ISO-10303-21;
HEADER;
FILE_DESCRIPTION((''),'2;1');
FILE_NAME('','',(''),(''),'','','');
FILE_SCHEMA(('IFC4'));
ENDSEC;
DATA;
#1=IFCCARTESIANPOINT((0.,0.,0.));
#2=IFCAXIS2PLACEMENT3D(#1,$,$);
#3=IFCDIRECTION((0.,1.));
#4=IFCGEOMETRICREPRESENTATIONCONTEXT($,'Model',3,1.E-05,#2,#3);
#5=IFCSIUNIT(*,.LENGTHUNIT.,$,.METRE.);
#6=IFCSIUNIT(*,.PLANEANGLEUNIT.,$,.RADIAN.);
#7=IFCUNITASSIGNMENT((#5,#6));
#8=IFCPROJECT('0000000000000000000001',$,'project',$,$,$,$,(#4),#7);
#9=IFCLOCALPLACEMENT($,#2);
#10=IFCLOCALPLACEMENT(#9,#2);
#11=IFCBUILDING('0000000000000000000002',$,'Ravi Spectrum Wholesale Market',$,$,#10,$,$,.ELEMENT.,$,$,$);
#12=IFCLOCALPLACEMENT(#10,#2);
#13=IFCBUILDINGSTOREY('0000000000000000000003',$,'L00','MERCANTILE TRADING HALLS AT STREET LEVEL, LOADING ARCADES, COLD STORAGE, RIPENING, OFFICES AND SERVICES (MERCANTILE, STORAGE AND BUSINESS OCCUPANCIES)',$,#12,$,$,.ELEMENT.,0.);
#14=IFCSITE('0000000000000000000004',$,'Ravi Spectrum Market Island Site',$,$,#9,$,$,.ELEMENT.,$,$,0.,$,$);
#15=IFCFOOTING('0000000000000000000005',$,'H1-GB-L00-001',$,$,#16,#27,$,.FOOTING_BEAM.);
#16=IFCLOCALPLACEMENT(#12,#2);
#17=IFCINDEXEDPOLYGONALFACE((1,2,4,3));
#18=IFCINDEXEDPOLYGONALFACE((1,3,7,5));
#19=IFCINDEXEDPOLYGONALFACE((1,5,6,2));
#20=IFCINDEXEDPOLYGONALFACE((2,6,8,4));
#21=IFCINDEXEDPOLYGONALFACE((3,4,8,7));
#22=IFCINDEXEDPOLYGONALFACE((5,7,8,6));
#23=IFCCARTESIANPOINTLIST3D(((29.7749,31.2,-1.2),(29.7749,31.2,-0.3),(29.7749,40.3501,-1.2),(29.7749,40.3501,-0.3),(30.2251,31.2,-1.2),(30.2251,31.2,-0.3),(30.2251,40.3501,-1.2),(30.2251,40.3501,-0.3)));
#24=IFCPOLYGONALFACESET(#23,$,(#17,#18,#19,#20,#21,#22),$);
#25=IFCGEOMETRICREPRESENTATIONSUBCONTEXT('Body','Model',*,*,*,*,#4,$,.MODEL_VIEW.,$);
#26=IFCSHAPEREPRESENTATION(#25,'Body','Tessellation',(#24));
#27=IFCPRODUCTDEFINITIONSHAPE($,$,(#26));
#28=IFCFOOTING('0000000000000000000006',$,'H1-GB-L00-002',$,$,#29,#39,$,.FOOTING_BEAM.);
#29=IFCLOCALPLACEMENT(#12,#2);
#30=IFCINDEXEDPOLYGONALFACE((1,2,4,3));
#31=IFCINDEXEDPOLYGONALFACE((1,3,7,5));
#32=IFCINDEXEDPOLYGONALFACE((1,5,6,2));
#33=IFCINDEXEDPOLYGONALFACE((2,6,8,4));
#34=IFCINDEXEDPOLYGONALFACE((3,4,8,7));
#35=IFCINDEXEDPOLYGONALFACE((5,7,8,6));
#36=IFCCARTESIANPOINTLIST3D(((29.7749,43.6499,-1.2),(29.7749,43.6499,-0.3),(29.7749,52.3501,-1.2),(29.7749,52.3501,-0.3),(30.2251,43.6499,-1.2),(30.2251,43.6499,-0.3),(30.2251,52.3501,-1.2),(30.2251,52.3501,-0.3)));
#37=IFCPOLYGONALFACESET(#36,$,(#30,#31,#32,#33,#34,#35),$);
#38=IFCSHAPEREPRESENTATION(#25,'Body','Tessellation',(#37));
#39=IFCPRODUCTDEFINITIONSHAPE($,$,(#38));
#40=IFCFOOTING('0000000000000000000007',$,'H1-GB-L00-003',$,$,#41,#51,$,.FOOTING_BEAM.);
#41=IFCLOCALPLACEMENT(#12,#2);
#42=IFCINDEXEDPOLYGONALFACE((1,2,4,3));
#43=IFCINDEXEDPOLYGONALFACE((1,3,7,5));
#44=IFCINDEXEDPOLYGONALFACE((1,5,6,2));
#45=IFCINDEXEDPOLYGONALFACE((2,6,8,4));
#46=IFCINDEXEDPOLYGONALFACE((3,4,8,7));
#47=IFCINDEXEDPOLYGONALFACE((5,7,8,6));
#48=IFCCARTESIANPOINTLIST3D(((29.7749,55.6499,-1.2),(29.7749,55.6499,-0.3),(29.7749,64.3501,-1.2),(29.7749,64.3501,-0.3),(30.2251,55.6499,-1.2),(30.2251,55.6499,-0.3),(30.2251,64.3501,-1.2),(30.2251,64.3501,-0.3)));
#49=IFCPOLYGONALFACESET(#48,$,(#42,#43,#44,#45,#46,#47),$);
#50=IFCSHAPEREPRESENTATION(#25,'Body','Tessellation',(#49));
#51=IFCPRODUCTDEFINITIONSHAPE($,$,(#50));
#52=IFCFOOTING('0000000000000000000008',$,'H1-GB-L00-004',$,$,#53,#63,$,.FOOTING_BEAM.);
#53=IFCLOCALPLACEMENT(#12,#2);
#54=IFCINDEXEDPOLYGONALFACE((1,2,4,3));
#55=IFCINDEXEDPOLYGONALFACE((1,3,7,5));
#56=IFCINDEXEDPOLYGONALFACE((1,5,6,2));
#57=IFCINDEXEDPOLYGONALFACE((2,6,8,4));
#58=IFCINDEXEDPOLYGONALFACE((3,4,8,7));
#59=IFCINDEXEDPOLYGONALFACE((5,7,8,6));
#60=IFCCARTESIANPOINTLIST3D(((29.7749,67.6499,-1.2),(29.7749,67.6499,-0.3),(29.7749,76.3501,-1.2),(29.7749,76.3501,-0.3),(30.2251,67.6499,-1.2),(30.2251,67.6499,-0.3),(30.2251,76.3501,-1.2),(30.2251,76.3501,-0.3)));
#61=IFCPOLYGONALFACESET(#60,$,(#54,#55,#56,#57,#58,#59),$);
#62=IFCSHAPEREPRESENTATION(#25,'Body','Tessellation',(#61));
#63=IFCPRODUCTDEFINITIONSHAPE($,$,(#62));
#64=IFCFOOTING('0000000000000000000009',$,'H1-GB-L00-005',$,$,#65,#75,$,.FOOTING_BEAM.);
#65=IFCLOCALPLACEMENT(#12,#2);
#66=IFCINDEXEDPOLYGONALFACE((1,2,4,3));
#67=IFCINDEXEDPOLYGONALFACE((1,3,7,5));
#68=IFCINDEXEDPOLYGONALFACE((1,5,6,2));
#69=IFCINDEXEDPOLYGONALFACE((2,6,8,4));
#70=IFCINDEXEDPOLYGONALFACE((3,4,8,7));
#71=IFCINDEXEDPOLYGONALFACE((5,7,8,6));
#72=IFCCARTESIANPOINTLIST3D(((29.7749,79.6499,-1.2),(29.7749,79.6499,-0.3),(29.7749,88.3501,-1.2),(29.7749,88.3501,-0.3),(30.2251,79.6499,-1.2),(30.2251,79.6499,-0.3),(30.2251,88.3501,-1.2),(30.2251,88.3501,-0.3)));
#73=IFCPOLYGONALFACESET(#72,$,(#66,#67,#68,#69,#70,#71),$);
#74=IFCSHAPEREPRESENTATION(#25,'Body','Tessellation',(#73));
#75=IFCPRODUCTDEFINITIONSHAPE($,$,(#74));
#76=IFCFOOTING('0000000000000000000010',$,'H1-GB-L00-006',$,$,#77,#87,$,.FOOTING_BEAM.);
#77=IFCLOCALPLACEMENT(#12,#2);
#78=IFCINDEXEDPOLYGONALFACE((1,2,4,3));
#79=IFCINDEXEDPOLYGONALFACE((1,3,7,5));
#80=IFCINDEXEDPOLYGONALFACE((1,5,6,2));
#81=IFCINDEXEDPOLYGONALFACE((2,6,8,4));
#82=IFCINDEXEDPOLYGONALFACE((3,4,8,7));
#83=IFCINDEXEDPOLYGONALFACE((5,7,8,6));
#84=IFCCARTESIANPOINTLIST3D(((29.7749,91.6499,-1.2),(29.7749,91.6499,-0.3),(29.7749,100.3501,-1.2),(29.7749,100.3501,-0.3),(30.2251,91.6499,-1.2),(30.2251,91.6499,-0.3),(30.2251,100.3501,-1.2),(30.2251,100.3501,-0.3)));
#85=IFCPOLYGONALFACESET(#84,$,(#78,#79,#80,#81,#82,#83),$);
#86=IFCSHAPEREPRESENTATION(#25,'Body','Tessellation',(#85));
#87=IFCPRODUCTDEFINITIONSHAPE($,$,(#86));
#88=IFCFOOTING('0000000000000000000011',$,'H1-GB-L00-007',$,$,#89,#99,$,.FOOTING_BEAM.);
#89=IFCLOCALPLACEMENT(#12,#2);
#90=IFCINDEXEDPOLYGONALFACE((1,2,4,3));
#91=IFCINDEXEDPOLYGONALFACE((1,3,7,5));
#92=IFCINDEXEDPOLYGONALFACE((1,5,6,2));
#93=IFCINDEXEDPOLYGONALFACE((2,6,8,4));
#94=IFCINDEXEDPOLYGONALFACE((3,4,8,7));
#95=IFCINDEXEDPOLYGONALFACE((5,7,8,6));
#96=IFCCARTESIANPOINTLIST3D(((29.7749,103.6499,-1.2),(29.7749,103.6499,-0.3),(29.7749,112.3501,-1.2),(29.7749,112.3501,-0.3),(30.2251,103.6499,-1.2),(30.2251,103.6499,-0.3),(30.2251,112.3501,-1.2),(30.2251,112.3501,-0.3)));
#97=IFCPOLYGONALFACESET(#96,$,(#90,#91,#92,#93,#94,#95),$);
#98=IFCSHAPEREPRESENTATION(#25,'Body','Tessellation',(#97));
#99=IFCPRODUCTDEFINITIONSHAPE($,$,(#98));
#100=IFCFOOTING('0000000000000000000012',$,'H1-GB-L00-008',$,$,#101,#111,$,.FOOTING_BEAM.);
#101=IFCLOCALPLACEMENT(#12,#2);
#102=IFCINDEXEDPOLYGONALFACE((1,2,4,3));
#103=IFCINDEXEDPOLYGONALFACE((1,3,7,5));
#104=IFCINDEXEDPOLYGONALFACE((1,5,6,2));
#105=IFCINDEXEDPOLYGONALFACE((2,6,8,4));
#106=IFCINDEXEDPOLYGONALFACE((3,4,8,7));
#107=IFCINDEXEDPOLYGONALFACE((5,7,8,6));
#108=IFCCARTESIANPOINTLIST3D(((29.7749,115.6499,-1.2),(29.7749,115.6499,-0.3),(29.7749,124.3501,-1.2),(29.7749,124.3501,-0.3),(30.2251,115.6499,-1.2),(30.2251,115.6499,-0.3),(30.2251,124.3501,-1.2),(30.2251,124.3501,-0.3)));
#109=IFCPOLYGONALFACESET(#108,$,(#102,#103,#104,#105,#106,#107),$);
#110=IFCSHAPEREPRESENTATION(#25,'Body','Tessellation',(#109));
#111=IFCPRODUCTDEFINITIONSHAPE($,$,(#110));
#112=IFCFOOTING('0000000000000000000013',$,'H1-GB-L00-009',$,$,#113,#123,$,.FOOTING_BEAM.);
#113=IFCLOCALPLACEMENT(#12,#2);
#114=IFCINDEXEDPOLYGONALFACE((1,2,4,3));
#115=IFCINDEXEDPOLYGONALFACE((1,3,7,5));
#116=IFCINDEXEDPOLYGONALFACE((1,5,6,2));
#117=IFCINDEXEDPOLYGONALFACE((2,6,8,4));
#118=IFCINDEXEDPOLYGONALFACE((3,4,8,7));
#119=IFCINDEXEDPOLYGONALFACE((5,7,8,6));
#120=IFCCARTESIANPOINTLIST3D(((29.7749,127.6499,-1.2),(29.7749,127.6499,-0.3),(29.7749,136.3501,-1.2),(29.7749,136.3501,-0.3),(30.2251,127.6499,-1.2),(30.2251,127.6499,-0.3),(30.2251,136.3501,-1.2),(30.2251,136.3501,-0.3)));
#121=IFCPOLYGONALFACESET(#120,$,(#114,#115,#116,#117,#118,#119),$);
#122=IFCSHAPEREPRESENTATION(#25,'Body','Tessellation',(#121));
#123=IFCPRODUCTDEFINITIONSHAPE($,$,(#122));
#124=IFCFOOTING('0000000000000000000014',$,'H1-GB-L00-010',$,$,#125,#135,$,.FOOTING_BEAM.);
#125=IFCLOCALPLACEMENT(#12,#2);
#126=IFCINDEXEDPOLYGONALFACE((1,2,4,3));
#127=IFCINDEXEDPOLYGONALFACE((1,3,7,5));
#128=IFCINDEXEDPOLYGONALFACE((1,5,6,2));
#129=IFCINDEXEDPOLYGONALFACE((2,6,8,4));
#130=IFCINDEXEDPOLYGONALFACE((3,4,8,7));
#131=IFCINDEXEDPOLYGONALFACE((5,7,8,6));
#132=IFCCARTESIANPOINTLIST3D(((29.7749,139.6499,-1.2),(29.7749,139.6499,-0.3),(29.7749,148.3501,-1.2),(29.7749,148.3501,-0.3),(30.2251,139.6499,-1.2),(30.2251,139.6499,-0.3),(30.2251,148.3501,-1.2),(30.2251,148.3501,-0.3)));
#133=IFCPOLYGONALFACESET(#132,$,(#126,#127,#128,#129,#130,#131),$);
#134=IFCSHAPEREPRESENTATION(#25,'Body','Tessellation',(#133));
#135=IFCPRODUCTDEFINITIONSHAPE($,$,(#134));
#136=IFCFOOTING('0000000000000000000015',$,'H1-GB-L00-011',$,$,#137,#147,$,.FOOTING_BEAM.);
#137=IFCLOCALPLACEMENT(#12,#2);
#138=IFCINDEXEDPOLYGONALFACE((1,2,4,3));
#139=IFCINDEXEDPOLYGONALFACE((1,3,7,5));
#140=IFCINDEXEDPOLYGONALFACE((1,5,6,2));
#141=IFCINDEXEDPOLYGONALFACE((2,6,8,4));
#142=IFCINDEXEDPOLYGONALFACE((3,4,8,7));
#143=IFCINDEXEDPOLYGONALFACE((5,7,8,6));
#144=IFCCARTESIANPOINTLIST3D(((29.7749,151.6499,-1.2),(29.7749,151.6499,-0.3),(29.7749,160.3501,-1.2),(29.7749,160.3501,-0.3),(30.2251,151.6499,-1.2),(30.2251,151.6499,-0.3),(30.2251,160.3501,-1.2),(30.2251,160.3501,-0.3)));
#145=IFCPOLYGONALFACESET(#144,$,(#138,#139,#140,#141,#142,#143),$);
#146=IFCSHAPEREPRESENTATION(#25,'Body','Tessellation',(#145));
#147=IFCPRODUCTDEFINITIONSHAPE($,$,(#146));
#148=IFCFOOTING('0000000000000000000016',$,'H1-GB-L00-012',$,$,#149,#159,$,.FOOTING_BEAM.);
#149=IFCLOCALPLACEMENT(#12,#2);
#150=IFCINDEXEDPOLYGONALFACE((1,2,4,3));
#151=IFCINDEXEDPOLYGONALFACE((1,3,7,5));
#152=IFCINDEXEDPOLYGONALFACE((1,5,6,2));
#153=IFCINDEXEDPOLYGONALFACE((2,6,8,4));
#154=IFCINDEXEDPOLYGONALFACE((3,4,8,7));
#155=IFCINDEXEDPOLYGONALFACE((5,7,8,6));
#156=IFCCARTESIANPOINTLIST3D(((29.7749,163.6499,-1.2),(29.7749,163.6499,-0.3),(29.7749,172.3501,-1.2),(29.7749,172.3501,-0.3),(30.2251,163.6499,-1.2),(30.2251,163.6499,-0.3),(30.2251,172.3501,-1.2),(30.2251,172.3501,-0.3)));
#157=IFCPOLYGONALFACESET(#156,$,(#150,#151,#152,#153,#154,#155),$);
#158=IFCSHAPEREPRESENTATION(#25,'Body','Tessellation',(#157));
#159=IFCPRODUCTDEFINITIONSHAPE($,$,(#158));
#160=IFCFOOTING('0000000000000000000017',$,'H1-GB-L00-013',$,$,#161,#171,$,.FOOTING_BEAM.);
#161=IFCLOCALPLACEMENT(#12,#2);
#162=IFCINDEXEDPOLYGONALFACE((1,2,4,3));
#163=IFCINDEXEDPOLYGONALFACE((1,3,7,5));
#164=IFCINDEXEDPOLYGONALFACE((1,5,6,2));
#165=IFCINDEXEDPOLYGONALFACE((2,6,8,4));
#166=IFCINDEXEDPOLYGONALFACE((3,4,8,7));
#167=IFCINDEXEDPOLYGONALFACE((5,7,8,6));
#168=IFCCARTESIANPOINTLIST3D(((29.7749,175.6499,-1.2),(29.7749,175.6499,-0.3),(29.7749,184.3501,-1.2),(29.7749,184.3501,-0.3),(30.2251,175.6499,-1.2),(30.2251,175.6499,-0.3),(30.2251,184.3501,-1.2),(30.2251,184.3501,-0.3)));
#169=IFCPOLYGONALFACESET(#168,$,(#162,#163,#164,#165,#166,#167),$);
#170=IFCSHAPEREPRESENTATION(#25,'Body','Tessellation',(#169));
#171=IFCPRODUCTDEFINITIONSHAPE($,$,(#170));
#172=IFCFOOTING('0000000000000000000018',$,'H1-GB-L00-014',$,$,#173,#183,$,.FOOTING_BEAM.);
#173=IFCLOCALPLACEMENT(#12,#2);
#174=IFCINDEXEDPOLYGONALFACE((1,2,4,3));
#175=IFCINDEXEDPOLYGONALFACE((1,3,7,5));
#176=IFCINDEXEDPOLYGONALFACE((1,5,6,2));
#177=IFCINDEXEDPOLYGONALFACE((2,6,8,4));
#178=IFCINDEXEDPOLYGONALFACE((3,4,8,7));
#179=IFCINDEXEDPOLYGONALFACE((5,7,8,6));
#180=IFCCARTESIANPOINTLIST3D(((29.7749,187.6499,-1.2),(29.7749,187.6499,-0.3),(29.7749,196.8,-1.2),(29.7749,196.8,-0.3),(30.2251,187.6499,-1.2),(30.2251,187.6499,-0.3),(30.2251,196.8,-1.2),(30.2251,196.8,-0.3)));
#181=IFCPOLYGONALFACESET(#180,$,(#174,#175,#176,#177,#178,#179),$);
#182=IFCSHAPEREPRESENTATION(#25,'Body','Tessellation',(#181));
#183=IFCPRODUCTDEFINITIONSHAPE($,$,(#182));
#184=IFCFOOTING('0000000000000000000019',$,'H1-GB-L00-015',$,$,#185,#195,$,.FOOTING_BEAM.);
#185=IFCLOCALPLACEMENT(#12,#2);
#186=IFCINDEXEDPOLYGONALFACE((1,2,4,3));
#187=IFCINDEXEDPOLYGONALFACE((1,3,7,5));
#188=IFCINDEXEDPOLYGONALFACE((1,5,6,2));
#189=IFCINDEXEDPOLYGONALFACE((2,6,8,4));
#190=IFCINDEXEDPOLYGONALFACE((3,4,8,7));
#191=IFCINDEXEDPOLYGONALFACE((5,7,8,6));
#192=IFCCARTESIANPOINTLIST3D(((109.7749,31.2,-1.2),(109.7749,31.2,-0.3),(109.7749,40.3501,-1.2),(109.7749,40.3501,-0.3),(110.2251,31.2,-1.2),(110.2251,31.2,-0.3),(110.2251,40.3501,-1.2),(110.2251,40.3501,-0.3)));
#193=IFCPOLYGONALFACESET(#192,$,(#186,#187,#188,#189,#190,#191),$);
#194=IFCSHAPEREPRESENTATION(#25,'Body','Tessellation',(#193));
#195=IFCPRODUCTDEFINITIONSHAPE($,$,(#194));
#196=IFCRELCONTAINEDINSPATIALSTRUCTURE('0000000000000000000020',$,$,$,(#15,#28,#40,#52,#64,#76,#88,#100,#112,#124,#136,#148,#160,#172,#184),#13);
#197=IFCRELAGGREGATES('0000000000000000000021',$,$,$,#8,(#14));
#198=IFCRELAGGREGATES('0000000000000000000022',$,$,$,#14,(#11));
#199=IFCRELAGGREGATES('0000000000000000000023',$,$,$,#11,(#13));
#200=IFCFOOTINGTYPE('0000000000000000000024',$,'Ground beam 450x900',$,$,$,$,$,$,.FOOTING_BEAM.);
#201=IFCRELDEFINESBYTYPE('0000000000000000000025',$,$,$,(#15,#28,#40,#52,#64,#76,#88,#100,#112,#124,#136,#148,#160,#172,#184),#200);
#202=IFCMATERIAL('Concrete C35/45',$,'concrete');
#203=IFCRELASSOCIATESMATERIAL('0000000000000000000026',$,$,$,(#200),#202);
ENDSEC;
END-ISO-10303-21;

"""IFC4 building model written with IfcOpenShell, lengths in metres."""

from ifc_helpers import new_model, si_unit, direction, frame, origin, place, context, subcontext, project, spatial, polyline, outline, extrude, material, type_object, element, save


model = new_model("IFC4")

# Units and contexts
model_context = context("Model", 3, precision=1e-05, world=origin(), true_north=direction((0.0, 1.0)))
body_context = subcontext(model_context, "Body", "Model", "MODEL_VIEW")
ifc_project = project(units=[si_unit("LENGTHUNIT", "METRE"), si_unit("PLANEANGLEUNIT", "RADIAN")], contexts=[model_context])

# Site, building, storey
site_placement = place(None, origin())
site = spatial("IfcSite", under=ifc_project, at=site_placement, Name="Ravi Spectrum Market Island Site", CompositionType="ELEMENT", RefElevation=0.0)
building_placement = place(site_placement, origin())
building = spatial("IfcBuilding", under=site, at=building_placement, Name="Ravi Spectrum Wholesale Market", CompositionType="ELEMENT")
storey_placement = place(building_placement, origin())
storey = spatial("IfcBuildingStorey", under=building, at=storey_placement, Name="L00", Description="MERCANTILE TRADING HALLS AT STREET LEVEL, LOADING ARCADES, COLD STORAGE, RIPENING, OFFICES AND SERVICES (MERCANTILE, STORAGE AND BUSINESS OCCUPANCIES)", CompositionType="ELEMENT", Elevation=0.0)

# Footings
ifc_material = material(Name="Concrete C35/45", Category="concrete")
footing_type = type_object("IfcFootingType", Name="Ground beam 450x900", PredefinedType="FOOTING_BEAM", material=ifc_material)
footing_1_placement = place(storey_placement, frame((0.0, 0.0, -1.2)))
element("IfcFooting", 1, at=footing_1_placement, inside=storey, type_object=footing_type, Name="H1-GB-L00-001", PredefinedType="FOOTING_BEAM", context=body_context, shape_type="SweptSolid", body=[
    extrude(outline(polyline([(29.7749, 31.2), (29.7749, 40.3501), (30.2251, 40.3501), (30.2251, 31.2), (29.7749, 31.2)])), origin(), (0.0, 0.0, 1.0), 0.8999),
])
footing_2_placement = place(storey_placement, frame((0.0, 0.0, -1.2)))
element("IfcFooting", 2, at=footing_2_placement, inside=storey, type_object=footing_type, Name="H1-GB-L00-002", PredefinedType="FOOTING_BEAM", context=body_context, shape_type="SweptSolid", body=[
    extrude(outline(polyline([(29.7749, 43.6499), (29.7749, 52.3501), (30.2251, 52.3501), (30.2251, 43.6499), (29.7749, 43.6499)])), origin(), (0.0, 0.0, 1.0), 0.8999),
])
footing_3_placement = place(storey_placement, frame((0.0, 0.0, -1.2)))
element("IfcFooting", 3, at=footing_3_placement, inside=storey, type_object=footing_type, Name="H1-GB-L00-003", PredefinedType="FOOTING_BEAM", context=body_context, shape_type="SweptSolid", body=[
    extrude(outline(polyline([(29.7749, 55.6499), (29.7749, 64.3501), (30.2251, 64.3501), (30.2251, 55.6499), (29.7749, 55.6499)])), origin(), (0.0, 0.0, 1.0), 0.8999),
])
footing_4_placement = place(storey_placement, frame((0.0, 0.0, -1.2)))
element("IfcFooting", 4, at=footing_4_placement, inside=storey, type_object=footing_type, Name="H1-GB-L00-004", PredefinedType="FOOTING_BEAM", context=body_context, shape_type="SweptSolid", body=[
    extrude(outline(polyline([(29.7749, 67.6499), (29.7749, 76.3501), (30.2251, 76.3501), (30.2251, 67.6499), (29.7749, 67.6499)])), origin(), (0.0, 0.0, 1.0), 0.8999),
])
footing_5_placement = place(storey_placement, frame((0.0, 0.0, -1.2)))
element("IfcFooting", 5, at=footing_5_placement, inside=storey, type_object=footing_type, Name="H1-GB-L00-005", PredefinedType="FOOTING_BEAM", context=body_context, shape_type="SweptSolid", body=[
    extrude(outline(polyline([(29.7749, 79.6499), (29.7749, 88.3501), (30.2251, 88.3501), (30.2251, 79.6499), (29.7749, 79.6499)])), origin(), (0.0, 0.0, 1.0), 0.8999),
])
footing_6_placement = place(storey_placement, frame((0.0, 0.0, -1.2)))
element("IfcFooting", 6, at=footing_6_placement, inside=storey, type_object=footing_type, Name="H1-GB-L00-006", PredefinedType="FOOTING_BEAM", context=body_context, shape_type="SweptSolid", body=[
    extrude(outline(polyline([(29.7749, 91.6499), (29.7749, 100.3501), (30.2251, 100.3501), (30.2251, 91.6499), (29.7749, 91.6499)])), origin(), (0.0, 0.0, 1.0), 0.8999),
])
footing_7_placement = place(storey_placement, frame((0.0, 0.0, -1.2)))
element("IfcFooting", 7, at=footing_7_placement, inside=storey, type_object=footing_type, Name="H1-GB-L00-007", PredefinedType="FOOTING_BEAM", context=body_context, shape_type="SweptSolid", body=[
    extrude(outline(polyline([(29.7749, 103.6499), (29.7749, 112.3501), (30.2251, 112.3501), (30.2251, 103.6499), (29.7749, 103.6499)])), origin(), (0.0, 0.0, 1.0), 0.8999),
])
footing_8_placement = place(storey_placement, frame((0.0, 0.0, -1.2)))
element("IfcFooting", 8, at=footing_8_placement, inside=storey, type_object=footing_type, Name="H1-GB-L00-008", PredefinedType="FOOTING_BEAM", context=body_context, shape_type="SweptSolid", body=[
    extrude(outline(polyline([(29.7749, 115.6499), (29.7749, 124.3501), (30.2251, 124.3501), (30.2251, 115.6499), (29.7749, 115.6499)])), origin(), (0.0, 0.0, 1.0), 0.8999),
])
footing_9_placement = place(storey_placement, frame((0.0, 0.0, -1.2)))
element("IfcFooting", 9, at=footing_9_placement, inside=storey, type_object=footing_type, Name="H1-GB-L00-009", PredefinedType="FOOTING_BEAM", context=body_context, shape_type="SweptSolid", body=[
    extrude(outline(polyline([(29.7749, 127.6499), (29.7749, 136.3501), (30.2251, 136.3501), (30.2251, 127.6499), (29.7749, 127.6499)])), origin(), (0.0, 0.0, 1.0), 0.8999),
])
footing_10_placement = place(storey_placement, frame((0.0, 0.0, -1.2)))
element("IfcFooting", 10, at=footing_10_placement, inside=storey, type_object=footing_type, Name="H1-GB-L00-010", PredefinedType="FOOTING_BEAM", context=body_context, shape_type="SweptSolid", body=[
    extrude(outline(polyline([(29.7749, 139.6499), (29.7749, 148.3501), (30.2251, 148.3501), (30.2251, 139.6499), (29.7749, 139.6499)])), origin(), (0.0, 0.0, 1.0), 0.8999),
])
footing_11_placement = place(storey_placement, frame((0.0, 0.0, -1.2)))
element("IfcFooting", 11, at=footing_11_placement, inside=storey, type_object=footing_type, Name="H1-GB-L00-011", PredefinedType="FOOTING_BEAM", context=body_context, shape_type="SweptSolid", body=[
    extrude(outline(polyline([(29.7749, 151.6499), (29.7749, 160.3501), (30.2251, 160.3501), (30.2251, 151.6499), (29.7749, 151.6499)])), origin(), (0.0, 0.0, 1.0), 0.8999),
])
footing_12_placement = place(storey_placement, frame((0.0, 0.0, -1.2)))
element("IfcFooting", 12, at=footing_12_placement, inside=storey, type_object=footing_type, Name="H1-GB-L00-012", PredefinedType="FOOTING_BEAM", context=body_context, shape_type="SweptSolid", body=[
    extrude(outline(polyline([(29.7749, 163.6499), (29.7749, 172.3501), (30.2251, 172.3501), (30.2251, 163.6499), (29.7749, 163.6499)])), origin(), (0.0, 0.0, 1.0), 0.8999),
])
footing_13_placement = place(storey_placement, frame((0.0, 0.0, -1.2)))
element("IfcFooting", 13, at=footing_13_placement, inside=storey, type_object=footing_type, Name="H1-GB-L00-013", PredefinedType="FOOTING_BEAM", context=body_context, shape_type="SweptSolid", body=[
    extrude(outline(polyline([(29.7749, 175.6499), (29.7749, 184.3501), (30.2251, 184.3501), (30.2251, 175.6499), (29.7749, 175.6499)])), origin(), (0.0, 0.0, 1.0), 0.8999),
])
footing_14_placement = place(storey_placement, frame((0.0, 0.0, -1.2)))
element("IfcFooting", 14, at=footing_14_placement, inside=storey, type_object=footing_type, Name="H1-GB-L00-014", PredefinedType="FOOTING_BEAM", context=body_context, shape_type="SweptSolid", body=[
    extrude(outline(polyline([(29.7749, 187.6499), (29.7749, 196.8), (30.2251, 196.8), (30.2251, 187.6499), (29.7749, 187.6499)])), origin(), (0.0, 0.0, 1.0), 0.8999),
])
footing_15_placement = place(storey_placement, frame((0.0, 0.0, -1.2)))
element("IfcFooting", 15, at=footing_15_placement, inside=storey, type_object=footing_type, Name="H1-GB-L00-015", PredefinedType="FOOTING_BEAM", context=body_context, shape_type="SweptSolid", body=[
    extrude(outline(polyline([(109.7749, 31.2), (109.7749, 40.3501), (110.2251, 40.3501), (110.2251, 31.2), (109.7749, 31.2)])), origin(), (0.0, 0.0, 1.0), 0.8999),
])

save(model, "model.ifc")
